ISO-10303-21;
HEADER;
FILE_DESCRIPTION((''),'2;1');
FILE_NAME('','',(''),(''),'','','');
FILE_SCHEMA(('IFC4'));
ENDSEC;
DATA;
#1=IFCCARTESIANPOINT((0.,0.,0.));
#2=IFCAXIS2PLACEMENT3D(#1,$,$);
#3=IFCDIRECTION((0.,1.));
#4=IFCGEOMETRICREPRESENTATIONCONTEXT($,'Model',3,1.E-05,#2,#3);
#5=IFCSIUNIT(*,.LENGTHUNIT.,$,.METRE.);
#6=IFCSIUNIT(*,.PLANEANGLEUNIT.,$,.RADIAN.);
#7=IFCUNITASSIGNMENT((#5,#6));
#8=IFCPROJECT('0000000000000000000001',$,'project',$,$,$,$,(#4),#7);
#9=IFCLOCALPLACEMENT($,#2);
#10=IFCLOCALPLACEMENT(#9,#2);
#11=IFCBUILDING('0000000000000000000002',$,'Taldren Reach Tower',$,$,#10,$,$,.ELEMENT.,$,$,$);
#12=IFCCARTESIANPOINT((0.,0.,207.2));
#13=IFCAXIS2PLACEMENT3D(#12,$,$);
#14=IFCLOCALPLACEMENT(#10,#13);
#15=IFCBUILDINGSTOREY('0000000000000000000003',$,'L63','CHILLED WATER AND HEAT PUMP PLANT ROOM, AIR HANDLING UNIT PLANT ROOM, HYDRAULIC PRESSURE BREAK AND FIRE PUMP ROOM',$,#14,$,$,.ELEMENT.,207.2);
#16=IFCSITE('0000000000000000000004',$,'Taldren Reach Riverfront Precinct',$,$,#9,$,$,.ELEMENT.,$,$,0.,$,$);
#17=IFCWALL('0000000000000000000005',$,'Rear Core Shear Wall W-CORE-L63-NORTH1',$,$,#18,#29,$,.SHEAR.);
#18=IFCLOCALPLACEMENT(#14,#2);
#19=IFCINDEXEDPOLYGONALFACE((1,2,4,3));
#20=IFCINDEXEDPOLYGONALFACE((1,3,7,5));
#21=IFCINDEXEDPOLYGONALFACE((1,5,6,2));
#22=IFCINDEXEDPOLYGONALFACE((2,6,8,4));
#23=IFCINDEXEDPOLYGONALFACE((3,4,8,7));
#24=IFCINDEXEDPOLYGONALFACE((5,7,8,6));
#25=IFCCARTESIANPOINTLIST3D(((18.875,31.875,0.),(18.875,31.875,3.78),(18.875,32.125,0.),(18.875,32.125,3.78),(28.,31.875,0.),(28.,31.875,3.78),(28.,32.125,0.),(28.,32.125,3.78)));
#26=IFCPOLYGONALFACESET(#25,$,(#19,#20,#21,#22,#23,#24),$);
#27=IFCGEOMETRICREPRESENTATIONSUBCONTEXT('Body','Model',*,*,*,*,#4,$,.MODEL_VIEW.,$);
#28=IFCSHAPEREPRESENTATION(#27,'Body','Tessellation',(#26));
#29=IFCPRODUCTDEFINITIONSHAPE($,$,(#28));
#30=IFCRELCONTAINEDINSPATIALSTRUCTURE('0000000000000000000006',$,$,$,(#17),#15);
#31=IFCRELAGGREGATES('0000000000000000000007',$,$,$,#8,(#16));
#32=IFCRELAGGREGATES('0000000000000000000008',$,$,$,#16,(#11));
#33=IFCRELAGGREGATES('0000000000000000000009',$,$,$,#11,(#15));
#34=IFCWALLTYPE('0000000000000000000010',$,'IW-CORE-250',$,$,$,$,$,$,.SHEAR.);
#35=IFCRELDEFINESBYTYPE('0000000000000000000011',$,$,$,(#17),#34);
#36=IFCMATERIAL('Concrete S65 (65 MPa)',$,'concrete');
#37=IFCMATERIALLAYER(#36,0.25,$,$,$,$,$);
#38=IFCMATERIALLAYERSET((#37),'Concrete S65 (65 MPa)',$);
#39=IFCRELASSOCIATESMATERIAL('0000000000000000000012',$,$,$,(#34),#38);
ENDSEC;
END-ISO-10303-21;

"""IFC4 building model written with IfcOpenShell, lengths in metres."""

from ifc_helpers import new_model, si_unit, direction, frame, frame_2d, origin, place, context, subcontext, project, spatial, rectangle, extrude, source, transform, mapped, material, layer, layer_set, type_object, element, save


model = new_model("IFC4")

# Units and contexts
model_context = context("Model", 3, precision=1e-05, world=origin(), true_north=direction((0.0, 1.0)))
body_context = subcontext(model_context, "Body", "Model", "MODEL_VIEW")
ifc_project = project(units=[si_unit("LENGTHUNIT", "METRE"), si_unit("PLANEANGLEUNIT", "RADIAN")], contexts=[model_context])

# Site, building, storey
site_placement = place(None, origin())
site = spatial("IfcSite", under=ifc_project, at=site_placement, Name="Taldren Reach Riverfront Precinct", CompositionType="ELEMENT", RefElevation=0.0)
building_placement = place(site_placement, origin())
building = spatial("IfcBuilding", under=site, at=building_placement, Name="Taldren Reach Tower", CompositionType="ELEMENT")
storey_placement = place(building_placement, frame((0.0, 0.0, 207.2)))
storey = spatial("IfcBuildingStorey", under=building, at=storey_placement, Name="L63", Description="CHILLED WATER AND HEAT PUMP PLANT ROOM, AIR HANDLING UNIT PLANT ROOM, HYDRAULIC PRESSURE BREAK AND FIRE PUMP ROOM", CompositionType="ELEMENT", Elevation=207.2)

# Wall
ifc_material_1 = material(Name="Concrete S65 (65 MPa)", Category="concrete")
ifc_layer_1 = layer(ifc_material_1, 0.25)
ifc_layer_set_1 = layer_set([ifc_layer_1], Name="Concrete S65 (65 MPa)")
wall_type_1 = type_object("IfcWallType", Name="IW-CORE-250", PredefinedType="SHEAR", material=ifc_layer_set_1)
shared_shape_1 = source(origin(), body_context, "Body", "SweptSolid", [
    extrude(rectangle(XDim=9.125, YDim=0.25, at=frame_2d((4.5625, 0.0))), origin(), (0.0, 0.0, 1.0), 3.78),
])
wall_1_placement = place(storey_placement, frame((18.875, 32.0, 0.0), z_axis=(0.0, 0.0, 1.0), x_axis=(1.0, 0.0, 0.0)))
element("IfcWall", 1, at=wall_1_placement, inside=storey, type_object=wall_type_1, Name="Rear Core Shear Wall W-CORE-L63-NORTH1", PredefinedType="SHEAR", context=body_context, shape_type="MappedRepresentation", body=[
    mapped(shared_shape_1, transform((0.0, 0.0, 0.0), scale=1.0)),
])

save(model, "model.ifc")
